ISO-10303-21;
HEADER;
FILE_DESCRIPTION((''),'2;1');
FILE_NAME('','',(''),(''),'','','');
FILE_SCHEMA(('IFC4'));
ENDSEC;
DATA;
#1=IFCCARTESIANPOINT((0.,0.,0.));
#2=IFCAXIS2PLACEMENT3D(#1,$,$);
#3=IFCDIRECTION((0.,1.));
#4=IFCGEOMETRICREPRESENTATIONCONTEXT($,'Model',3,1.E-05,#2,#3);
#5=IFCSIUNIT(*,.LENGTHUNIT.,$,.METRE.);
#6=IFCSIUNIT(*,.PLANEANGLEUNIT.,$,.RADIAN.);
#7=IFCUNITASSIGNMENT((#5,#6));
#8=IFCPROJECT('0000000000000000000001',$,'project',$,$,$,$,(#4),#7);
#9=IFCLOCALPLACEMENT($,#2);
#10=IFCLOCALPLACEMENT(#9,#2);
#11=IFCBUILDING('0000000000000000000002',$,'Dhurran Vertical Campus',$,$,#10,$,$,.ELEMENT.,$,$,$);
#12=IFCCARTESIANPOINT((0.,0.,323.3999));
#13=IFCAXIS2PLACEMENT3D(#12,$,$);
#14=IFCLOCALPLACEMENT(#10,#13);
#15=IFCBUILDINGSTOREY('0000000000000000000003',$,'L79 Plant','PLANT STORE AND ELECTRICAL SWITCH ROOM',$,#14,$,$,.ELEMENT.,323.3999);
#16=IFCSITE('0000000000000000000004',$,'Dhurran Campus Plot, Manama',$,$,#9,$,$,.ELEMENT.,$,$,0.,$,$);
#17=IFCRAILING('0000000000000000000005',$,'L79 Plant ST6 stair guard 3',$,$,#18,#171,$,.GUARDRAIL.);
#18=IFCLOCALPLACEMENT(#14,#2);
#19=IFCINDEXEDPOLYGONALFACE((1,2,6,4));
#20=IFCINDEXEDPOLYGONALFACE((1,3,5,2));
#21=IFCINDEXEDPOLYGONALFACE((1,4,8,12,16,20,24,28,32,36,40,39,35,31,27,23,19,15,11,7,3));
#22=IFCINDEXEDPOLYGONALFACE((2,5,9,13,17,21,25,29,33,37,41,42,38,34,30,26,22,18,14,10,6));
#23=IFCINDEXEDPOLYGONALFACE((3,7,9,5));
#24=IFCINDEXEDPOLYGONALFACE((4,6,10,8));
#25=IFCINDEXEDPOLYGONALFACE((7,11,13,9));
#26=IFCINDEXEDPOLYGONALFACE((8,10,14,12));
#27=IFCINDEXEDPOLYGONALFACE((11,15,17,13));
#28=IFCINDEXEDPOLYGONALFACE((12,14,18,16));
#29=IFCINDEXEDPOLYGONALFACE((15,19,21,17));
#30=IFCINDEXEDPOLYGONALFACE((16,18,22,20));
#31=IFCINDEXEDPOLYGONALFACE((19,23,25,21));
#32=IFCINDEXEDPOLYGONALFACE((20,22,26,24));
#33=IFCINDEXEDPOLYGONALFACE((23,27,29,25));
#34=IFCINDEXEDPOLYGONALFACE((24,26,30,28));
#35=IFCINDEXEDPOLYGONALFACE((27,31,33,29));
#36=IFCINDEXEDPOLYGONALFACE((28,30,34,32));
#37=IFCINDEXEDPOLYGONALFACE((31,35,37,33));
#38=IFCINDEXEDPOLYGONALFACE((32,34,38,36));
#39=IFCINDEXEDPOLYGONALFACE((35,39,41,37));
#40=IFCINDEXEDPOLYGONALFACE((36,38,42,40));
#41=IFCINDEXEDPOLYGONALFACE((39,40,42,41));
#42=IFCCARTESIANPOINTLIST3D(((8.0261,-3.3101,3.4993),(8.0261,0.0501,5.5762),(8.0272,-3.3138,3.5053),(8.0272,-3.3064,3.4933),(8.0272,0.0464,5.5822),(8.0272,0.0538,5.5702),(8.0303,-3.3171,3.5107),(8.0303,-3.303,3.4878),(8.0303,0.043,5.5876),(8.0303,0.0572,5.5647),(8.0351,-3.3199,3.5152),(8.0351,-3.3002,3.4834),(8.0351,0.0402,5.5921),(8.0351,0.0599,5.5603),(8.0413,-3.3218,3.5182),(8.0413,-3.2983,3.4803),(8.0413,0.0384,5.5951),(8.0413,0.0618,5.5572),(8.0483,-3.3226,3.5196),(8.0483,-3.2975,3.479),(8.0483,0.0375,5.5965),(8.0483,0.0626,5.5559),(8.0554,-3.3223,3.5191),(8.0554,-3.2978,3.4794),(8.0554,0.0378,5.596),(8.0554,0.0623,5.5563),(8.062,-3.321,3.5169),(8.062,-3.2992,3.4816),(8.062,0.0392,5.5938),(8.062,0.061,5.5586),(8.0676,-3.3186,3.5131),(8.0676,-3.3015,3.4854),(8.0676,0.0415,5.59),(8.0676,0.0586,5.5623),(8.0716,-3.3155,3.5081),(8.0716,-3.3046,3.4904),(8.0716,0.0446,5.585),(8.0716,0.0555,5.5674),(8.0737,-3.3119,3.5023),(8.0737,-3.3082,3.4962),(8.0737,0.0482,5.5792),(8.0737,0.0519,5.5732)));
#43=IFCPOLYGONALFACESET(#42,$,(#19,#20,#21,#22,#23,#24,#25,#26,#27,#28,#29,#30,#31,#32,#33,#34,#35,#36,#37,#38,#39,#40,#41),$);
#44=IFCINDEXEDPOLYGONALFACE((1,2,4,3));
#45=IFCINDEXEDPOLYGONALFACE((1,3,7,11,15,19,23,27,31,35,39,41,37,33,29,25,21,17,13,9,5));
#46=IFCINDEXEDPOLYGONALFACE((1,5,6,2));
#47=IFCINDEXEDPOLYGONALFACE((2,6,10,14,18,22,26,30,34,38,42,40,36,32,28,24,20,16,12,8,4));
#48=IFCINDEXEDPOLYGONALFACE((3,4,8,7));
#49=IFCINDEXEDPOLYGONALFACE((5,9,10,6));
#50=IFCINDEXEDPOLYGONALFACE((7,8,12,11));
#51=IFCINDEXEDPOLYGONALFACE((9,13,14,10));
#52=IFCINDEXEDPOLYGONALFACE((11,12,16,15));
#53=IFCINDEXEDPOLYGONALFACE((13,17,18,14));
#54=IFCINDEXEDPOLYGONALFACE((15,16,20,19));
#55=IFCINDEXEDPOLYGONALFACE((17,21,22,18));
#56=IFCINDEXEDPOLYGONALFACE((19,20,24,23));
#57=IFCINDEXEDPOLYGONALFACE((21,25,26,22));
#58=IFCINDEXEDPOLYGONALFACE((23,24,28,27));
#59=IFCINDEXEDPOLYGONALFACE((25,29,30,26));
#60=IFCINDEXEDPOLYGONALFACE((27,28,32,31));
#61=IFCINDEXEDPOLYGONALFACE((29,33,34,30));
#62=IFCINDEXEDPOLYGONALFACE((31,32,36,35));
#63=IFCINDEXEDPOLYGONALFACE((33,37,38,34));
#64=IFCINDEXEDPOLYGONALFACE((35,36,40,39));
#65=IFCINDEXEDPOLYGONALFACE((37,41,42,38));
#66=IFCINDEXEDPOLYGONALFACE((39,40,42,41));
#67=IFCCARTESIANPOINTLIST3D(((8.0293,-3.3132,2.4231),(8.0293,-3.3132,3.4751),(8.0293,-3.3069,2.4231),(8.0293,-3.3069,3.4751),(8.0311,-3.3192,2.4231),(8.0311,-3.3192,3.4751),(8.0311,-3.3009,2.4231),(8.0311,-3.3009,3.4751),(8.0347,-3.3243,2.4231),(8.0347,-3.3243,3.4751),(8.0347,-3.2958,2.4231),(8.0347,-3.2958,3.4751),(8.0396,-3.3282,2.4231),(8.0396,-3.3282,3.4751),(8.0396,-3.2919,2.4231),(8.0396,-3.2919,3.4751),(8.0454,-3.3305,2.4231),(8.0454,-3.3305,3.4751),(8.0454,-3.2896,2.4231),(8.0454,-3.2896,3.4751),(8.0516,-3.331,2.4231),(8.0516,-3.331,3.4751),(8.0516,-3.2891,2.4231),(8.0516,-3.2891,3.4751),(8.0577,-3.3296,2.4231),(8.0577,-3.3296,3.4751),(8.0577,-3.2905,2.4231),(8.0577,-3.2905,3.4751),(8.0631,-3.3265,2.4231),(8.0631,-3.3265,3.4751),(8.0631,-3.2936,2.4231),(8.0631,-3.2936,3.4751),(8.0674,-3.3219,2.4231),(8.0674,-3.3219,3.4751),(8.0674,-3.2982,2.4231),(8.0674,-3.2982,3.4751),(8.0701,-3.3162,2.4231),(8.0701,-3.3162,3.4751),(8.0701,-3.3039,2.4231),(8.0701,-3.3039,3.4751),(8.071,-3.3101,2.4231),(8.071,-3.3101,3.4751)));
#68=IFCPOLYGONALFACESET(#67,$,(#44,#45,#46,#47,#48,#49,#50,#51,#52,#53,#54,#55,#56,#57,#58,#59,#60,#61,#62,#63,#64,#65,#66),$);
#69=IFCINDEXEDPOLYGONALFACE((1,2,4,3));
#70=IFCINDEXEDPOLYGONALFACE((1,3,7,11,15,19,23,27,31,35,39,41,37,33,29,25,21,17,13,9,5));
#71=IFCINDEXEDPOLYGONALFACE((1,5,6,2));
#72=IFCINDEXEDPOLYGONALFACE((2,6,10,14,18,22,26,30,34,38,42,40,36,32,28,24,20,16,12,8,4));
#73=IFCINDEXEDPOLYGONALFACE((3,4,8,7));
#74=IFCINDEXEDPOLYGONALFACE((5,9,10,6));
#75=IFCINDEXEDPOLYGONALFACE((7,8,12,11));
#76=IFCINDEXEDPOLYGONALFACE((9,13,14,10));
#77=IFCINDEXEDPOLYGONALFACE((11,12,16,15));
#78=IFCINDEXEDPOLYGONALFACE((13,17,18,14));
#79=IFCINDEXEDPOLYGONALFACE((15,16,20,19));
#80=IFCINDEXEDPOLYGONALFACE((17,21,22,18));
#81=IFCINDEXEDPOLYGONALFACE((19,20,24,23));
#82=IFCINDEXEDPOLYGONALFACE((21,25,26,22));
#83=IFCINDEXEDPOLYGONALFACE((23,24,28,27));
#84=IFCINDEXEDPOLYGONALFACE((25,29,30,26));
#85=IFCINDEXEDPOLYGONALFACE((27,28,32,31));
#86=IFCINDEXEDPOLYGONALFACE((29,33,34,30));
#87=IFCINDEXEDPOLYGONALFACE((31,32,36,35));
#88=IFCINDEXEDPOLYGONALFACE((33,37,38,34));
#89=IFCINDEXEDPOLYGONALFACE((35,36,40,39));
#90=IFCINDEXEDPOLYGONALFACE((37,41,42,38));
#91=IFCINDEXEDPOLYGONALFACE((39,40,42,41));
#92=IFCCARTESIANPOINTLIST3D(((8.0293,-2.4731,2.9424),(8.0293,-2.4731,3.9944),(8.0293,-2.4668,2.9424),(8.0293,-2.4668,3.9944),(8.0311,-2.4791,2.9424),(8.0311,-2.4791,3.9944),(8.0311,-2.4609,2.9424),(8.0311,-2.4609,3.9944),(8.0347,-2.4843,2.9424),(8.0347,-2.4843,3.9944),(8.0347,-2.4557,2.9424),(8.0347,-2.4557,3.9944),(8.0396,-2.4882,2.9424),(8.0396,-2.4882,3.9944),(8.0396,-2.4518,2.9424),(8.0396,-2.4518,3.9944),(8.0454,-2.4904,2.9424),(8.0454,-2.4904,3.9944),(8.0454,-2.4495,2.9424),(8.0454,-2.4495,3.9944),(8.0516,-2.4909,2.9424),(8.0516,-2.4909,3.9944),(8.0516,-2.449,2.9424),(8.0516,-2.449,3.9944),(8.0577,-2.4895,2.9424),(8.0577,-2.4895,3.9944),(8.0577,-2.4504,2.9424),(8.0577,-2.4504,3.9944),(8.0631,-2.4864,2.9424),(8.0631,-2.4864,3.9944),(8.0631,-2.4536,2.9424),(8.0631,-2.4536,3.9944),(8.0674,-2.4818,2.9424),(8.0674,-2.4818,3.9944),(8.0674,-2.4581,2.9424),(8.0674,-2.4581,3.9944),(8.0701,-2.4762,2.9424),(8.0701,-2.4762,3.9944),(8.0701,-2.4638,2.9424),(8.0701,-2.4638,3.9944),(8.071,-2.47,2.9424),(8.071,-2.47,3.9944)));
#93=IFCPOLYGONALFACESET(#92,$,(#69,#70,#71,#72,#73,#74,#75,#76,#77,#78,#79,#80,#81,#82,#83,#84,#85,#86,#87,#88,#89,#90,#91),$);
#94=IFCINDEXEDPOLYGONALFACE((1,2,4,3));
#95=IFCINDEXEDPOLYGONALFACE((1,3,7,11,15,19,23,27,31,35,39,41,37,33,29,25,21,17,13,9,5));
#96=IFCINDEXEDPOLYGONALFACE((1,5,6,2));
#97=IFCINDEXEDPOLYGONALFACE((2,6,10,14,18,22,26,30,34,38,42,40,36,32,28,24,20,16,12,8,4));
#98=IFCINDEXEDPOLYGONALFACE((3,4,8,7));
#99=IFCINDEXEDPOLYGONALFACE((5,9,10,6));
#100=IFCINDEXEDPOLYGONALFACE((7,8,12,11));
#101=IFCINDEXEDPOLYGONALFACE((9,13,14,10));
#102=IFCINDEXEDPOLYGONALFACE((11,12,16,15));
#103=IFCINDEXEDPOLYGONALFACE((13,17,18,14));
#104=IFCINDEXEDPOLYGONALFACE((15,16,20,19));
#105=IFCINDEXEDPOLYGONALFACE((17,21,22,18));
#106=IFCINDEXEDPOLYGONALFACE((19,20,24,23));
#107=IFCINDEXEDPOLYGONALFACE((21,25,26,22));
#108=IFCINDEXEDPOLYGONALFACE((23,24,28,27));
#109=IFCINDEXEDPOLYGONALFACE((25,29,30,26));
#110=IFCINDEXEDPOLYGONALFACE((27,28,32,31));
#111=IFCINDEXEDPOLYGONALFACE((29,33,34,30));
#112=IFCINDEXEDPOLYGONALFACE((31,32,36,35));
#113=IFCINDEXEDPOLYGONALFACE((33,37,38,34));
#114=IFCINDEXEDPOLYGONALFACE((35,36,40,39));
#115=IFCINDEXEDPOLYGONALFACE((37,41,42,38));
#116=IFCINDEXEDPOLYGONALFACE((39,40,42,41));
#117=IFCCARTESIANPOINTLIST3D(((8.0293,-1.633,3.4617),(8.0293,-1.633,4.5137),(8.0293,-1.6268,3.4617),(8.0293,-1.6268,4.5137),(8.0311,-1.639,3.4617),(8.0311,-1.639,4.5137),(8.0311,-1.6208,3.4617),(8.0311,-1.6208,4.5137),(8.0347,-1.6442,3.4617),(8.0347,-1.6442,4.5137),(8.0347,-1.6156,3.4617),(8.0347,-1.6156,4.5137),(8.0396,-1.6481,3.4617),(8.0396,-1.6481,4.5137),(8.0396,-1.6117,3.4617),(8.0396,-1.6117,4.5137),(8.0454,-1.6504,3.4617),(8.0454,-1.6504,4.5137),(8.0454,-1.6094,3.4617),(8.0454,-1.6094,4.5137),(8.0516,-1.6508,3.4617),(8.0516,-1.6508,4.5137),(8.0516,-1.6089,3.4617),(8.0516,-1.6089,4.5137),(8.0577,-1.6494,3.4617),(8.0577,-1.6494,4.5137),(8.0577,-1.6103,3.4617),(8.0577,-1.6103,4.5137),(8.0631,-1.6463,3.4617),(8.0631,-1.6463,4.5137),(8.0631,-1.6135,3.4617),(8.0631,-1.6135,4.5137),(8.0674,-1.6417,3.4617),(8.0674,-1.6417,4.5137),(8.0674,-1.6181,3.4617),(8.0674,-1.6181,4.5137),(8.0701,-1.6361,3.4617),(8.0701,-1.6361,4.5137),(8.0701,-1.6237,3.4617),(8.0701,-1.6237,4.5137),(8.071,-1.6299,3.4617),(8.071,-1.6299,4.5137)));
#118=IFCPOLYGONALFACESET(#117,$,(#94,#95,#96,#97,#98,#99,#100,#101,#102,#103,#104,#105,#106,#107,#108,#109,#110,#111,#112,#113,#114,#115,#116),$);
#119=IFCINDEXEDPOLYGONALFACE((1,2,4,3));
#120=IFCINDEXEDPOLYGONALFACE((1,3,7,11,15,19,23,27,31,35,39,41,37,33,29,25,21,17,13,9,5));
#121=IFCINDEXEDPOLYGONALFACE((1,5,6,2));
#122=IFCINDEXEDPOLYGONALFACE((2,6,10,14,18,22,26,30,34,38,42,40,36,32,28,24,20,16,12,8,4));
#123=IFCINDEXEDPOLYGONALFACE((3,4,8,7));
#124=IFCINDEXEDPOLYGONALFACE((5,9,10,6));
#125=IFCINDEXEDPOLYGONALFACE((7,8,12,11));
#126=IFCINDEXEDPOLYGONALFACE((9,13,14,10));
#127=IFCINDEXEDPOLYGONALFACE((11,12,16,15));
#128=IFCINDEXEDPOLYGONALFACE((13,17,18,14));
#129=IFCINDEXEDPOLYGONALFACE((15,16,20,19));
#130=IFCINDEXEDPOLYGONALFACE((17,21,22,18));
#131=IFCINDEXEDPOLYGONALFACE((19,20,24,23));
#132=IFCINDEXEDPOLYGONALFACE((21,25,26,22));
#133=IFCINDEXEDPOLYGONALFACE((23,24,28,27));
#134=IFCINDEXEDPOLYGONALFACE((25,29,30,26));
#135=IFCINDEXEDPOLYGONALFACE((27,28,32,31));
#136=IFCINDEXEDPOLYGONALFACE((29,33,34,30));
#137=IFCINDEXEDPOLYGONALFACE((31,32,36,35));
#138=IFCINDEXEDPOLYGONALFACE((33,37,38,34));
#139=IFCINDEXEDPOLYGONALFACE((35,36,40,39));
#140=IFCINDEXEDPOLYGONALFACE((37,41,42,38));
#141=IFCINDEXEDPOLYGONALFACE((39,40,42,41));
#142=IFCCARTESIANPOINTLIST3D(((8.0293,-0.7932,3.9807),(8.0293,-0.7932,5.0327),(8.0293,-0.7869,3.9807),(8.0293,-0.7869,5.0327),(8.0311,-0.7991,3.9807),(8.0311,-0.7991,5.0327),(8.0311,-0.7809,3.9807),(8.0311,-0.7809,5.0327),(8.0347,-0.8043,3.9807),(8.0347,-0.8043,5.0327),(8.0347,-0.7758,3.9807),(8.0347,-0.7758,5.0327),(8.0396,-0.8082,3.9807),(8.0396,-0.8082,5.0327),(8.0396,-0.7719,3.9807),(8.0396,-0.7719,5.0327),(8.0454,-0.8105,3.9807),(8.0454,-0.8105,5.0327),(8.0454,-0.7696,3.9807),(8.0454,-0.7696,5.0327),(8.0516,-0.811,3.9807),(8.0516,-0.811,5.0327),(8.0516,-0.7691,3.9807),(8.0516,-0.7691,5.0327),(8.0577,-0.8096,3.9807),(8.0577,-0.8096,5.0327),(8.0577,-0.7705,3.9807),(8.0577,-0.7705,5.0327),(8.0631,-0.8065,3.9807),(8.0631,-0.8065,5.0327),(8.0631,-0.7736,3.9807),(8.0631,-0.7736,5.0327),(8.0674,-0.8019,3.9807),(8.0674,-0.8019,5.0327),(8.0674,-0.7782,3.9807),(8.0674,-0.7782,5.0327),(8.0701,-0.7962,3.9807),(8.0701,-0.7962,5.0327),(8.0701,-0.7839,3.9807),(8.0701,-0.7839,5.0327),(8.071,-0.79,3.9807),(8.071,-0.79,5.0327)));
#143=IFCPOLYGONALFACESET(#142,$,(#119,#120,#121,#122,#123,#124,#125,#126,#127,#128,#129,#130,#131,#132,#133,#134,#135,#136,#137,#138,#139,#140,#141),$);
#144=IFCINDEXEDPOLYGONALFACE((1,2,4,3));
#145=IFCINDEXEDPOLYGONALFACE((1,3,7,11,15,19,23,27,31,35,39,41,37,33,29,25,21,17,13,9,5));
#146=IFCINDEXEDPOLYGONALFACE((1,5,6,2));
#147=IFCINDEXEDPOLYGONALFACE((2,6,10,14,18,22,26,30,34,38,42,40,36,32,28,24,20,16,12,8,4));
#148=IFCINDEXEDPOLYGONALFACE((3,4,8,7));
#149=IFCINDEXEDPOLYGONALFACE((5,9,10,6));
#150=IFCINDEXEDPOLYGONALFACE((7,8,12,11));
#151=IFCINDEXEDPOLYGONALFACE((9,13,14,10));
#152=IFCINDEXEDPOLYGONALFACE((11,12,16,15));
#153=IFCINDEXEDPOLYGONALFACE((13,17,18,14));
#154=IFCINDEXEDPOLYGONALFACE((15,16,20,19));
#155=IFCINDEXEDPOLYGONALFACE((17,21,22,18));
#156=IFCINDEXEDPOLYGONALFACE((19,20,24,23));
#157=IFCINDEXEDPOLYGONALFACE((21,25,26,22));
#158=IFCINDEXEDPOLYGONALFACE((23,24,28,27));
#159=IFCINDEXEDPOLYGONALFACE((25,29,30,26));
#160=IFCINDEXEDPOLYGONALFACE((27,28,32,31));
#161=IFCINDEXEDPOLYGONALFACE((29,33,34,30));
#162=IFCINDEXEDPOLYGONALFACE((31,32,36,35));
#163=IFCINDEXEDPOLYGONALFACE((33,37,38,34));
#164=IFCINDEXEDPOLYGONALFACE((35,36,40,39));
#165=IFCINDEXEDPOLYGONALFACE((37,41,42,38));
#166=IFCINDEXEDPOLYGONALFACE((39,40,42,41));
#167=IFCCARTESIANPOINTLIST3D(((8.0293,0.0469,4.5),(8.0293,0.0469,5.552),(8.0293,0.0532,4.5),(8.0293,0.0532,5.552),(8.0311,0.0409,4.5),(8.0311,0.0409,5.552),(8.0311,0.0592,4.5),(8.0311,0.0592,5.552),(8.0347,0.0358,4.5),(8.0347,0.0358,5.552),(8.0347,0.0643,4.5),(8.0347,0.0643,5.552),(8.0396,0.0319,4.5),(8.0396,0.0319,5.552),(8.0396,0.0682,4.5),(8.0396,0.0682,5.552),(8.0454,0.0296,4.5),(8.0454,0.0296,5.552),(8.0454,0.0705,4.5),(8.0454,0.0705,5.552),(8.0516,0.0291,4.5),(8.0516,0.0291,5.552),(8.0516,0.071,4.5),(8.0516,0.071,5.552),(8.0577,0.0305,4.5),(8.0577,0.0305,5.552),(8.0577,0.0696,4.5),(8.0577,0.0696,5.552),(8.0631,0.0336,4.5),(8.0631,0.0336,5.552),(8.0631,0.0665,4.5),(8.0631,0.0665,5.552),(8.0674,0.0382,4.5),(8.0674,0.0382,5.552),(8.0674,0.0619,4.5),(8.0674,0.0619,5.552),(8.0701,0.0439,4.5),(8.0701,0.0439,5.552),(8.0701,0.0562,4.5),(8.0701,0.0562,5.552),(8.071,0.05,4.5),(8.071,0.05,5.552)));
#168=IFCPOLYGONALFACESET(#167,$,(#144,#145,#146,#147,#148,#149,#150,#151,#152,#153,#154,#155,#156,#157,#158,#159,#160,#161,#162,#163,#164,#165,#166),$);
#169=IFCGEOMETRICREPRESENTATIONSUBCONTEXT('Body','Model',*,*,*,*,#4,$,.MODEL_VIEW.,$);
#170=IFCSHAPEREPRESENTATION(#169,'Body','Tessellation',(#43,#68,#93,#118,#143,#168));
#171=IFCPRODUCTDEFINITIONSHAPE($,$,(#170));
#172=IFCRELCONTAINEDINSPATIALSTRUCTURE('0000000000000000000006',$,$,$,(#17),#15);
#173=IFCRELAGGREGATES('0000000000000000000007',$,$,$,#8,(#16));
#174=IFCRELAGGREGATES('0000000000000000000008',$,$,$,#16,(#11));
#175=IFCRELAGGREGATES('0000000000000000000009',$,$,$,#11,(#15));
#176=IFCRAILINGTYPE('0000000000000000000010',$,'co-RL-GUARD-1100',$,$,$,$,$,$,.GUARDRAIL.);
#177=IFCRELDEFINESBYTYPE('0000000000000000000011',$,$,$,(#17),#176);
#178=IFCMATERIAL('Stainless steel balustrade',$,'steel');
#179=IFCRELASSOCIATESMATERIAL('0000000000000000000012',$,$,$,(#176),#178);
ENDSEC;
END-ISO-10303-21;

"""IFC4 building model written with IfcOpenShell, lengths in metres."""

from ifc_helpers import new_model, si_unit, direction, frame, origin, origin_2d, place, context, subcontext, project, spatial, circle, extrude, material, type_object, element, save


model = new_model("IFC4")

# Units and contexts
model_context = context("Model", 3, precision=1e-05, world=origin(), true_north=direction((0.0, 1.0)))
body_context = subcontext(model_context, "Body", "Model", "MODEL_VIEW")
ifc_project = project(units=[si_unit("LENGTHUNIT", "METRE"), si_unit("PLANEANGLEUNIT", "RADIAN")], contexts=[model_context])

# Site, building, storey
site_placement = place(None, origin())
site = spatial("IfcSite", under=ifc_project, at=site_placement, Name="Dhurran Campus Plot, Manama", CompositionType="ELEMENT", RefElevation=0.0)
building_placement = place(site_placement, origin())
building = spatial("IfcBuilding", under=site, at=building_placement, Name="Dhurran Vertical Campus", CompositionType="ELEMENT")
storey_placement = place(building_placement, frame((0.0, 0.0, 323.3999)))
storey = spatial("IfcBuildingStorey", under=building, at=storey_placement, Name="L79 Plant", Description="PLANT STORE AND ELECTRICAL SWITCH ROOM", CompositionType="ELEMENT", Elevation=323.3999)

# Railing
ifc_material_1 = material(Name="Stainless steel balustrade", Category="steel")
railing_type = type_object("IfcRailingType", Name="co-RL-GUARD-1100", PredefinedType="GUARDRAIL", material=ifc_material_1)
railing_1_placement = place(storey_placement, frame((8.05, -3.3101, 2.4231)))
element("IfcRailing", 1, at=railing_1_placement, inside=storey, type_object=railing_type, Name="L79 Plant ST6 stair guard 3", PredefinedType="GUARDRAIL", context=body_context, shape_type="SweptSolid", body=[
    extrude(circle(Radius=0.0239, at=origin_2d()), frame((0.0, 0.0, 1.0762), z_axis=(0.0, 0.850623, 0.525776), x_axis=(-1.0, 0.0, 0.0)), (0.0, 0.0, 1.0), 3.9502),
    extrude(circle(Radius=0.021, at=origin_2d()), origin(), (0.0, 0.0, 1.0), 1.052),
    extrude(circle(Radius=0.021, at=origin_2d()), frame((0.0, 0.8401, 0.5193)), (0.0, 0.0, 1.0), 1.052),
    extrude(circle(Radius=0.021, at=origin_2d()), frame((0.0, 1.6802, 1.0386)), (0.0, 0.0, 1.0), 1.052),
    extrude(circle(Radius=0.021, at=origin_2d()), frame((0.0, 2.52, 1.5576)), (0.0, 0.0, 1.0), 1.052),
    extrude(circle(Radius=0.021, at=origin_2d()), frame((0.0, 3.3601, 2.0769)), (0.0, 0.0, 1.0), 1.052),
])

save(model, "model.ifc")
